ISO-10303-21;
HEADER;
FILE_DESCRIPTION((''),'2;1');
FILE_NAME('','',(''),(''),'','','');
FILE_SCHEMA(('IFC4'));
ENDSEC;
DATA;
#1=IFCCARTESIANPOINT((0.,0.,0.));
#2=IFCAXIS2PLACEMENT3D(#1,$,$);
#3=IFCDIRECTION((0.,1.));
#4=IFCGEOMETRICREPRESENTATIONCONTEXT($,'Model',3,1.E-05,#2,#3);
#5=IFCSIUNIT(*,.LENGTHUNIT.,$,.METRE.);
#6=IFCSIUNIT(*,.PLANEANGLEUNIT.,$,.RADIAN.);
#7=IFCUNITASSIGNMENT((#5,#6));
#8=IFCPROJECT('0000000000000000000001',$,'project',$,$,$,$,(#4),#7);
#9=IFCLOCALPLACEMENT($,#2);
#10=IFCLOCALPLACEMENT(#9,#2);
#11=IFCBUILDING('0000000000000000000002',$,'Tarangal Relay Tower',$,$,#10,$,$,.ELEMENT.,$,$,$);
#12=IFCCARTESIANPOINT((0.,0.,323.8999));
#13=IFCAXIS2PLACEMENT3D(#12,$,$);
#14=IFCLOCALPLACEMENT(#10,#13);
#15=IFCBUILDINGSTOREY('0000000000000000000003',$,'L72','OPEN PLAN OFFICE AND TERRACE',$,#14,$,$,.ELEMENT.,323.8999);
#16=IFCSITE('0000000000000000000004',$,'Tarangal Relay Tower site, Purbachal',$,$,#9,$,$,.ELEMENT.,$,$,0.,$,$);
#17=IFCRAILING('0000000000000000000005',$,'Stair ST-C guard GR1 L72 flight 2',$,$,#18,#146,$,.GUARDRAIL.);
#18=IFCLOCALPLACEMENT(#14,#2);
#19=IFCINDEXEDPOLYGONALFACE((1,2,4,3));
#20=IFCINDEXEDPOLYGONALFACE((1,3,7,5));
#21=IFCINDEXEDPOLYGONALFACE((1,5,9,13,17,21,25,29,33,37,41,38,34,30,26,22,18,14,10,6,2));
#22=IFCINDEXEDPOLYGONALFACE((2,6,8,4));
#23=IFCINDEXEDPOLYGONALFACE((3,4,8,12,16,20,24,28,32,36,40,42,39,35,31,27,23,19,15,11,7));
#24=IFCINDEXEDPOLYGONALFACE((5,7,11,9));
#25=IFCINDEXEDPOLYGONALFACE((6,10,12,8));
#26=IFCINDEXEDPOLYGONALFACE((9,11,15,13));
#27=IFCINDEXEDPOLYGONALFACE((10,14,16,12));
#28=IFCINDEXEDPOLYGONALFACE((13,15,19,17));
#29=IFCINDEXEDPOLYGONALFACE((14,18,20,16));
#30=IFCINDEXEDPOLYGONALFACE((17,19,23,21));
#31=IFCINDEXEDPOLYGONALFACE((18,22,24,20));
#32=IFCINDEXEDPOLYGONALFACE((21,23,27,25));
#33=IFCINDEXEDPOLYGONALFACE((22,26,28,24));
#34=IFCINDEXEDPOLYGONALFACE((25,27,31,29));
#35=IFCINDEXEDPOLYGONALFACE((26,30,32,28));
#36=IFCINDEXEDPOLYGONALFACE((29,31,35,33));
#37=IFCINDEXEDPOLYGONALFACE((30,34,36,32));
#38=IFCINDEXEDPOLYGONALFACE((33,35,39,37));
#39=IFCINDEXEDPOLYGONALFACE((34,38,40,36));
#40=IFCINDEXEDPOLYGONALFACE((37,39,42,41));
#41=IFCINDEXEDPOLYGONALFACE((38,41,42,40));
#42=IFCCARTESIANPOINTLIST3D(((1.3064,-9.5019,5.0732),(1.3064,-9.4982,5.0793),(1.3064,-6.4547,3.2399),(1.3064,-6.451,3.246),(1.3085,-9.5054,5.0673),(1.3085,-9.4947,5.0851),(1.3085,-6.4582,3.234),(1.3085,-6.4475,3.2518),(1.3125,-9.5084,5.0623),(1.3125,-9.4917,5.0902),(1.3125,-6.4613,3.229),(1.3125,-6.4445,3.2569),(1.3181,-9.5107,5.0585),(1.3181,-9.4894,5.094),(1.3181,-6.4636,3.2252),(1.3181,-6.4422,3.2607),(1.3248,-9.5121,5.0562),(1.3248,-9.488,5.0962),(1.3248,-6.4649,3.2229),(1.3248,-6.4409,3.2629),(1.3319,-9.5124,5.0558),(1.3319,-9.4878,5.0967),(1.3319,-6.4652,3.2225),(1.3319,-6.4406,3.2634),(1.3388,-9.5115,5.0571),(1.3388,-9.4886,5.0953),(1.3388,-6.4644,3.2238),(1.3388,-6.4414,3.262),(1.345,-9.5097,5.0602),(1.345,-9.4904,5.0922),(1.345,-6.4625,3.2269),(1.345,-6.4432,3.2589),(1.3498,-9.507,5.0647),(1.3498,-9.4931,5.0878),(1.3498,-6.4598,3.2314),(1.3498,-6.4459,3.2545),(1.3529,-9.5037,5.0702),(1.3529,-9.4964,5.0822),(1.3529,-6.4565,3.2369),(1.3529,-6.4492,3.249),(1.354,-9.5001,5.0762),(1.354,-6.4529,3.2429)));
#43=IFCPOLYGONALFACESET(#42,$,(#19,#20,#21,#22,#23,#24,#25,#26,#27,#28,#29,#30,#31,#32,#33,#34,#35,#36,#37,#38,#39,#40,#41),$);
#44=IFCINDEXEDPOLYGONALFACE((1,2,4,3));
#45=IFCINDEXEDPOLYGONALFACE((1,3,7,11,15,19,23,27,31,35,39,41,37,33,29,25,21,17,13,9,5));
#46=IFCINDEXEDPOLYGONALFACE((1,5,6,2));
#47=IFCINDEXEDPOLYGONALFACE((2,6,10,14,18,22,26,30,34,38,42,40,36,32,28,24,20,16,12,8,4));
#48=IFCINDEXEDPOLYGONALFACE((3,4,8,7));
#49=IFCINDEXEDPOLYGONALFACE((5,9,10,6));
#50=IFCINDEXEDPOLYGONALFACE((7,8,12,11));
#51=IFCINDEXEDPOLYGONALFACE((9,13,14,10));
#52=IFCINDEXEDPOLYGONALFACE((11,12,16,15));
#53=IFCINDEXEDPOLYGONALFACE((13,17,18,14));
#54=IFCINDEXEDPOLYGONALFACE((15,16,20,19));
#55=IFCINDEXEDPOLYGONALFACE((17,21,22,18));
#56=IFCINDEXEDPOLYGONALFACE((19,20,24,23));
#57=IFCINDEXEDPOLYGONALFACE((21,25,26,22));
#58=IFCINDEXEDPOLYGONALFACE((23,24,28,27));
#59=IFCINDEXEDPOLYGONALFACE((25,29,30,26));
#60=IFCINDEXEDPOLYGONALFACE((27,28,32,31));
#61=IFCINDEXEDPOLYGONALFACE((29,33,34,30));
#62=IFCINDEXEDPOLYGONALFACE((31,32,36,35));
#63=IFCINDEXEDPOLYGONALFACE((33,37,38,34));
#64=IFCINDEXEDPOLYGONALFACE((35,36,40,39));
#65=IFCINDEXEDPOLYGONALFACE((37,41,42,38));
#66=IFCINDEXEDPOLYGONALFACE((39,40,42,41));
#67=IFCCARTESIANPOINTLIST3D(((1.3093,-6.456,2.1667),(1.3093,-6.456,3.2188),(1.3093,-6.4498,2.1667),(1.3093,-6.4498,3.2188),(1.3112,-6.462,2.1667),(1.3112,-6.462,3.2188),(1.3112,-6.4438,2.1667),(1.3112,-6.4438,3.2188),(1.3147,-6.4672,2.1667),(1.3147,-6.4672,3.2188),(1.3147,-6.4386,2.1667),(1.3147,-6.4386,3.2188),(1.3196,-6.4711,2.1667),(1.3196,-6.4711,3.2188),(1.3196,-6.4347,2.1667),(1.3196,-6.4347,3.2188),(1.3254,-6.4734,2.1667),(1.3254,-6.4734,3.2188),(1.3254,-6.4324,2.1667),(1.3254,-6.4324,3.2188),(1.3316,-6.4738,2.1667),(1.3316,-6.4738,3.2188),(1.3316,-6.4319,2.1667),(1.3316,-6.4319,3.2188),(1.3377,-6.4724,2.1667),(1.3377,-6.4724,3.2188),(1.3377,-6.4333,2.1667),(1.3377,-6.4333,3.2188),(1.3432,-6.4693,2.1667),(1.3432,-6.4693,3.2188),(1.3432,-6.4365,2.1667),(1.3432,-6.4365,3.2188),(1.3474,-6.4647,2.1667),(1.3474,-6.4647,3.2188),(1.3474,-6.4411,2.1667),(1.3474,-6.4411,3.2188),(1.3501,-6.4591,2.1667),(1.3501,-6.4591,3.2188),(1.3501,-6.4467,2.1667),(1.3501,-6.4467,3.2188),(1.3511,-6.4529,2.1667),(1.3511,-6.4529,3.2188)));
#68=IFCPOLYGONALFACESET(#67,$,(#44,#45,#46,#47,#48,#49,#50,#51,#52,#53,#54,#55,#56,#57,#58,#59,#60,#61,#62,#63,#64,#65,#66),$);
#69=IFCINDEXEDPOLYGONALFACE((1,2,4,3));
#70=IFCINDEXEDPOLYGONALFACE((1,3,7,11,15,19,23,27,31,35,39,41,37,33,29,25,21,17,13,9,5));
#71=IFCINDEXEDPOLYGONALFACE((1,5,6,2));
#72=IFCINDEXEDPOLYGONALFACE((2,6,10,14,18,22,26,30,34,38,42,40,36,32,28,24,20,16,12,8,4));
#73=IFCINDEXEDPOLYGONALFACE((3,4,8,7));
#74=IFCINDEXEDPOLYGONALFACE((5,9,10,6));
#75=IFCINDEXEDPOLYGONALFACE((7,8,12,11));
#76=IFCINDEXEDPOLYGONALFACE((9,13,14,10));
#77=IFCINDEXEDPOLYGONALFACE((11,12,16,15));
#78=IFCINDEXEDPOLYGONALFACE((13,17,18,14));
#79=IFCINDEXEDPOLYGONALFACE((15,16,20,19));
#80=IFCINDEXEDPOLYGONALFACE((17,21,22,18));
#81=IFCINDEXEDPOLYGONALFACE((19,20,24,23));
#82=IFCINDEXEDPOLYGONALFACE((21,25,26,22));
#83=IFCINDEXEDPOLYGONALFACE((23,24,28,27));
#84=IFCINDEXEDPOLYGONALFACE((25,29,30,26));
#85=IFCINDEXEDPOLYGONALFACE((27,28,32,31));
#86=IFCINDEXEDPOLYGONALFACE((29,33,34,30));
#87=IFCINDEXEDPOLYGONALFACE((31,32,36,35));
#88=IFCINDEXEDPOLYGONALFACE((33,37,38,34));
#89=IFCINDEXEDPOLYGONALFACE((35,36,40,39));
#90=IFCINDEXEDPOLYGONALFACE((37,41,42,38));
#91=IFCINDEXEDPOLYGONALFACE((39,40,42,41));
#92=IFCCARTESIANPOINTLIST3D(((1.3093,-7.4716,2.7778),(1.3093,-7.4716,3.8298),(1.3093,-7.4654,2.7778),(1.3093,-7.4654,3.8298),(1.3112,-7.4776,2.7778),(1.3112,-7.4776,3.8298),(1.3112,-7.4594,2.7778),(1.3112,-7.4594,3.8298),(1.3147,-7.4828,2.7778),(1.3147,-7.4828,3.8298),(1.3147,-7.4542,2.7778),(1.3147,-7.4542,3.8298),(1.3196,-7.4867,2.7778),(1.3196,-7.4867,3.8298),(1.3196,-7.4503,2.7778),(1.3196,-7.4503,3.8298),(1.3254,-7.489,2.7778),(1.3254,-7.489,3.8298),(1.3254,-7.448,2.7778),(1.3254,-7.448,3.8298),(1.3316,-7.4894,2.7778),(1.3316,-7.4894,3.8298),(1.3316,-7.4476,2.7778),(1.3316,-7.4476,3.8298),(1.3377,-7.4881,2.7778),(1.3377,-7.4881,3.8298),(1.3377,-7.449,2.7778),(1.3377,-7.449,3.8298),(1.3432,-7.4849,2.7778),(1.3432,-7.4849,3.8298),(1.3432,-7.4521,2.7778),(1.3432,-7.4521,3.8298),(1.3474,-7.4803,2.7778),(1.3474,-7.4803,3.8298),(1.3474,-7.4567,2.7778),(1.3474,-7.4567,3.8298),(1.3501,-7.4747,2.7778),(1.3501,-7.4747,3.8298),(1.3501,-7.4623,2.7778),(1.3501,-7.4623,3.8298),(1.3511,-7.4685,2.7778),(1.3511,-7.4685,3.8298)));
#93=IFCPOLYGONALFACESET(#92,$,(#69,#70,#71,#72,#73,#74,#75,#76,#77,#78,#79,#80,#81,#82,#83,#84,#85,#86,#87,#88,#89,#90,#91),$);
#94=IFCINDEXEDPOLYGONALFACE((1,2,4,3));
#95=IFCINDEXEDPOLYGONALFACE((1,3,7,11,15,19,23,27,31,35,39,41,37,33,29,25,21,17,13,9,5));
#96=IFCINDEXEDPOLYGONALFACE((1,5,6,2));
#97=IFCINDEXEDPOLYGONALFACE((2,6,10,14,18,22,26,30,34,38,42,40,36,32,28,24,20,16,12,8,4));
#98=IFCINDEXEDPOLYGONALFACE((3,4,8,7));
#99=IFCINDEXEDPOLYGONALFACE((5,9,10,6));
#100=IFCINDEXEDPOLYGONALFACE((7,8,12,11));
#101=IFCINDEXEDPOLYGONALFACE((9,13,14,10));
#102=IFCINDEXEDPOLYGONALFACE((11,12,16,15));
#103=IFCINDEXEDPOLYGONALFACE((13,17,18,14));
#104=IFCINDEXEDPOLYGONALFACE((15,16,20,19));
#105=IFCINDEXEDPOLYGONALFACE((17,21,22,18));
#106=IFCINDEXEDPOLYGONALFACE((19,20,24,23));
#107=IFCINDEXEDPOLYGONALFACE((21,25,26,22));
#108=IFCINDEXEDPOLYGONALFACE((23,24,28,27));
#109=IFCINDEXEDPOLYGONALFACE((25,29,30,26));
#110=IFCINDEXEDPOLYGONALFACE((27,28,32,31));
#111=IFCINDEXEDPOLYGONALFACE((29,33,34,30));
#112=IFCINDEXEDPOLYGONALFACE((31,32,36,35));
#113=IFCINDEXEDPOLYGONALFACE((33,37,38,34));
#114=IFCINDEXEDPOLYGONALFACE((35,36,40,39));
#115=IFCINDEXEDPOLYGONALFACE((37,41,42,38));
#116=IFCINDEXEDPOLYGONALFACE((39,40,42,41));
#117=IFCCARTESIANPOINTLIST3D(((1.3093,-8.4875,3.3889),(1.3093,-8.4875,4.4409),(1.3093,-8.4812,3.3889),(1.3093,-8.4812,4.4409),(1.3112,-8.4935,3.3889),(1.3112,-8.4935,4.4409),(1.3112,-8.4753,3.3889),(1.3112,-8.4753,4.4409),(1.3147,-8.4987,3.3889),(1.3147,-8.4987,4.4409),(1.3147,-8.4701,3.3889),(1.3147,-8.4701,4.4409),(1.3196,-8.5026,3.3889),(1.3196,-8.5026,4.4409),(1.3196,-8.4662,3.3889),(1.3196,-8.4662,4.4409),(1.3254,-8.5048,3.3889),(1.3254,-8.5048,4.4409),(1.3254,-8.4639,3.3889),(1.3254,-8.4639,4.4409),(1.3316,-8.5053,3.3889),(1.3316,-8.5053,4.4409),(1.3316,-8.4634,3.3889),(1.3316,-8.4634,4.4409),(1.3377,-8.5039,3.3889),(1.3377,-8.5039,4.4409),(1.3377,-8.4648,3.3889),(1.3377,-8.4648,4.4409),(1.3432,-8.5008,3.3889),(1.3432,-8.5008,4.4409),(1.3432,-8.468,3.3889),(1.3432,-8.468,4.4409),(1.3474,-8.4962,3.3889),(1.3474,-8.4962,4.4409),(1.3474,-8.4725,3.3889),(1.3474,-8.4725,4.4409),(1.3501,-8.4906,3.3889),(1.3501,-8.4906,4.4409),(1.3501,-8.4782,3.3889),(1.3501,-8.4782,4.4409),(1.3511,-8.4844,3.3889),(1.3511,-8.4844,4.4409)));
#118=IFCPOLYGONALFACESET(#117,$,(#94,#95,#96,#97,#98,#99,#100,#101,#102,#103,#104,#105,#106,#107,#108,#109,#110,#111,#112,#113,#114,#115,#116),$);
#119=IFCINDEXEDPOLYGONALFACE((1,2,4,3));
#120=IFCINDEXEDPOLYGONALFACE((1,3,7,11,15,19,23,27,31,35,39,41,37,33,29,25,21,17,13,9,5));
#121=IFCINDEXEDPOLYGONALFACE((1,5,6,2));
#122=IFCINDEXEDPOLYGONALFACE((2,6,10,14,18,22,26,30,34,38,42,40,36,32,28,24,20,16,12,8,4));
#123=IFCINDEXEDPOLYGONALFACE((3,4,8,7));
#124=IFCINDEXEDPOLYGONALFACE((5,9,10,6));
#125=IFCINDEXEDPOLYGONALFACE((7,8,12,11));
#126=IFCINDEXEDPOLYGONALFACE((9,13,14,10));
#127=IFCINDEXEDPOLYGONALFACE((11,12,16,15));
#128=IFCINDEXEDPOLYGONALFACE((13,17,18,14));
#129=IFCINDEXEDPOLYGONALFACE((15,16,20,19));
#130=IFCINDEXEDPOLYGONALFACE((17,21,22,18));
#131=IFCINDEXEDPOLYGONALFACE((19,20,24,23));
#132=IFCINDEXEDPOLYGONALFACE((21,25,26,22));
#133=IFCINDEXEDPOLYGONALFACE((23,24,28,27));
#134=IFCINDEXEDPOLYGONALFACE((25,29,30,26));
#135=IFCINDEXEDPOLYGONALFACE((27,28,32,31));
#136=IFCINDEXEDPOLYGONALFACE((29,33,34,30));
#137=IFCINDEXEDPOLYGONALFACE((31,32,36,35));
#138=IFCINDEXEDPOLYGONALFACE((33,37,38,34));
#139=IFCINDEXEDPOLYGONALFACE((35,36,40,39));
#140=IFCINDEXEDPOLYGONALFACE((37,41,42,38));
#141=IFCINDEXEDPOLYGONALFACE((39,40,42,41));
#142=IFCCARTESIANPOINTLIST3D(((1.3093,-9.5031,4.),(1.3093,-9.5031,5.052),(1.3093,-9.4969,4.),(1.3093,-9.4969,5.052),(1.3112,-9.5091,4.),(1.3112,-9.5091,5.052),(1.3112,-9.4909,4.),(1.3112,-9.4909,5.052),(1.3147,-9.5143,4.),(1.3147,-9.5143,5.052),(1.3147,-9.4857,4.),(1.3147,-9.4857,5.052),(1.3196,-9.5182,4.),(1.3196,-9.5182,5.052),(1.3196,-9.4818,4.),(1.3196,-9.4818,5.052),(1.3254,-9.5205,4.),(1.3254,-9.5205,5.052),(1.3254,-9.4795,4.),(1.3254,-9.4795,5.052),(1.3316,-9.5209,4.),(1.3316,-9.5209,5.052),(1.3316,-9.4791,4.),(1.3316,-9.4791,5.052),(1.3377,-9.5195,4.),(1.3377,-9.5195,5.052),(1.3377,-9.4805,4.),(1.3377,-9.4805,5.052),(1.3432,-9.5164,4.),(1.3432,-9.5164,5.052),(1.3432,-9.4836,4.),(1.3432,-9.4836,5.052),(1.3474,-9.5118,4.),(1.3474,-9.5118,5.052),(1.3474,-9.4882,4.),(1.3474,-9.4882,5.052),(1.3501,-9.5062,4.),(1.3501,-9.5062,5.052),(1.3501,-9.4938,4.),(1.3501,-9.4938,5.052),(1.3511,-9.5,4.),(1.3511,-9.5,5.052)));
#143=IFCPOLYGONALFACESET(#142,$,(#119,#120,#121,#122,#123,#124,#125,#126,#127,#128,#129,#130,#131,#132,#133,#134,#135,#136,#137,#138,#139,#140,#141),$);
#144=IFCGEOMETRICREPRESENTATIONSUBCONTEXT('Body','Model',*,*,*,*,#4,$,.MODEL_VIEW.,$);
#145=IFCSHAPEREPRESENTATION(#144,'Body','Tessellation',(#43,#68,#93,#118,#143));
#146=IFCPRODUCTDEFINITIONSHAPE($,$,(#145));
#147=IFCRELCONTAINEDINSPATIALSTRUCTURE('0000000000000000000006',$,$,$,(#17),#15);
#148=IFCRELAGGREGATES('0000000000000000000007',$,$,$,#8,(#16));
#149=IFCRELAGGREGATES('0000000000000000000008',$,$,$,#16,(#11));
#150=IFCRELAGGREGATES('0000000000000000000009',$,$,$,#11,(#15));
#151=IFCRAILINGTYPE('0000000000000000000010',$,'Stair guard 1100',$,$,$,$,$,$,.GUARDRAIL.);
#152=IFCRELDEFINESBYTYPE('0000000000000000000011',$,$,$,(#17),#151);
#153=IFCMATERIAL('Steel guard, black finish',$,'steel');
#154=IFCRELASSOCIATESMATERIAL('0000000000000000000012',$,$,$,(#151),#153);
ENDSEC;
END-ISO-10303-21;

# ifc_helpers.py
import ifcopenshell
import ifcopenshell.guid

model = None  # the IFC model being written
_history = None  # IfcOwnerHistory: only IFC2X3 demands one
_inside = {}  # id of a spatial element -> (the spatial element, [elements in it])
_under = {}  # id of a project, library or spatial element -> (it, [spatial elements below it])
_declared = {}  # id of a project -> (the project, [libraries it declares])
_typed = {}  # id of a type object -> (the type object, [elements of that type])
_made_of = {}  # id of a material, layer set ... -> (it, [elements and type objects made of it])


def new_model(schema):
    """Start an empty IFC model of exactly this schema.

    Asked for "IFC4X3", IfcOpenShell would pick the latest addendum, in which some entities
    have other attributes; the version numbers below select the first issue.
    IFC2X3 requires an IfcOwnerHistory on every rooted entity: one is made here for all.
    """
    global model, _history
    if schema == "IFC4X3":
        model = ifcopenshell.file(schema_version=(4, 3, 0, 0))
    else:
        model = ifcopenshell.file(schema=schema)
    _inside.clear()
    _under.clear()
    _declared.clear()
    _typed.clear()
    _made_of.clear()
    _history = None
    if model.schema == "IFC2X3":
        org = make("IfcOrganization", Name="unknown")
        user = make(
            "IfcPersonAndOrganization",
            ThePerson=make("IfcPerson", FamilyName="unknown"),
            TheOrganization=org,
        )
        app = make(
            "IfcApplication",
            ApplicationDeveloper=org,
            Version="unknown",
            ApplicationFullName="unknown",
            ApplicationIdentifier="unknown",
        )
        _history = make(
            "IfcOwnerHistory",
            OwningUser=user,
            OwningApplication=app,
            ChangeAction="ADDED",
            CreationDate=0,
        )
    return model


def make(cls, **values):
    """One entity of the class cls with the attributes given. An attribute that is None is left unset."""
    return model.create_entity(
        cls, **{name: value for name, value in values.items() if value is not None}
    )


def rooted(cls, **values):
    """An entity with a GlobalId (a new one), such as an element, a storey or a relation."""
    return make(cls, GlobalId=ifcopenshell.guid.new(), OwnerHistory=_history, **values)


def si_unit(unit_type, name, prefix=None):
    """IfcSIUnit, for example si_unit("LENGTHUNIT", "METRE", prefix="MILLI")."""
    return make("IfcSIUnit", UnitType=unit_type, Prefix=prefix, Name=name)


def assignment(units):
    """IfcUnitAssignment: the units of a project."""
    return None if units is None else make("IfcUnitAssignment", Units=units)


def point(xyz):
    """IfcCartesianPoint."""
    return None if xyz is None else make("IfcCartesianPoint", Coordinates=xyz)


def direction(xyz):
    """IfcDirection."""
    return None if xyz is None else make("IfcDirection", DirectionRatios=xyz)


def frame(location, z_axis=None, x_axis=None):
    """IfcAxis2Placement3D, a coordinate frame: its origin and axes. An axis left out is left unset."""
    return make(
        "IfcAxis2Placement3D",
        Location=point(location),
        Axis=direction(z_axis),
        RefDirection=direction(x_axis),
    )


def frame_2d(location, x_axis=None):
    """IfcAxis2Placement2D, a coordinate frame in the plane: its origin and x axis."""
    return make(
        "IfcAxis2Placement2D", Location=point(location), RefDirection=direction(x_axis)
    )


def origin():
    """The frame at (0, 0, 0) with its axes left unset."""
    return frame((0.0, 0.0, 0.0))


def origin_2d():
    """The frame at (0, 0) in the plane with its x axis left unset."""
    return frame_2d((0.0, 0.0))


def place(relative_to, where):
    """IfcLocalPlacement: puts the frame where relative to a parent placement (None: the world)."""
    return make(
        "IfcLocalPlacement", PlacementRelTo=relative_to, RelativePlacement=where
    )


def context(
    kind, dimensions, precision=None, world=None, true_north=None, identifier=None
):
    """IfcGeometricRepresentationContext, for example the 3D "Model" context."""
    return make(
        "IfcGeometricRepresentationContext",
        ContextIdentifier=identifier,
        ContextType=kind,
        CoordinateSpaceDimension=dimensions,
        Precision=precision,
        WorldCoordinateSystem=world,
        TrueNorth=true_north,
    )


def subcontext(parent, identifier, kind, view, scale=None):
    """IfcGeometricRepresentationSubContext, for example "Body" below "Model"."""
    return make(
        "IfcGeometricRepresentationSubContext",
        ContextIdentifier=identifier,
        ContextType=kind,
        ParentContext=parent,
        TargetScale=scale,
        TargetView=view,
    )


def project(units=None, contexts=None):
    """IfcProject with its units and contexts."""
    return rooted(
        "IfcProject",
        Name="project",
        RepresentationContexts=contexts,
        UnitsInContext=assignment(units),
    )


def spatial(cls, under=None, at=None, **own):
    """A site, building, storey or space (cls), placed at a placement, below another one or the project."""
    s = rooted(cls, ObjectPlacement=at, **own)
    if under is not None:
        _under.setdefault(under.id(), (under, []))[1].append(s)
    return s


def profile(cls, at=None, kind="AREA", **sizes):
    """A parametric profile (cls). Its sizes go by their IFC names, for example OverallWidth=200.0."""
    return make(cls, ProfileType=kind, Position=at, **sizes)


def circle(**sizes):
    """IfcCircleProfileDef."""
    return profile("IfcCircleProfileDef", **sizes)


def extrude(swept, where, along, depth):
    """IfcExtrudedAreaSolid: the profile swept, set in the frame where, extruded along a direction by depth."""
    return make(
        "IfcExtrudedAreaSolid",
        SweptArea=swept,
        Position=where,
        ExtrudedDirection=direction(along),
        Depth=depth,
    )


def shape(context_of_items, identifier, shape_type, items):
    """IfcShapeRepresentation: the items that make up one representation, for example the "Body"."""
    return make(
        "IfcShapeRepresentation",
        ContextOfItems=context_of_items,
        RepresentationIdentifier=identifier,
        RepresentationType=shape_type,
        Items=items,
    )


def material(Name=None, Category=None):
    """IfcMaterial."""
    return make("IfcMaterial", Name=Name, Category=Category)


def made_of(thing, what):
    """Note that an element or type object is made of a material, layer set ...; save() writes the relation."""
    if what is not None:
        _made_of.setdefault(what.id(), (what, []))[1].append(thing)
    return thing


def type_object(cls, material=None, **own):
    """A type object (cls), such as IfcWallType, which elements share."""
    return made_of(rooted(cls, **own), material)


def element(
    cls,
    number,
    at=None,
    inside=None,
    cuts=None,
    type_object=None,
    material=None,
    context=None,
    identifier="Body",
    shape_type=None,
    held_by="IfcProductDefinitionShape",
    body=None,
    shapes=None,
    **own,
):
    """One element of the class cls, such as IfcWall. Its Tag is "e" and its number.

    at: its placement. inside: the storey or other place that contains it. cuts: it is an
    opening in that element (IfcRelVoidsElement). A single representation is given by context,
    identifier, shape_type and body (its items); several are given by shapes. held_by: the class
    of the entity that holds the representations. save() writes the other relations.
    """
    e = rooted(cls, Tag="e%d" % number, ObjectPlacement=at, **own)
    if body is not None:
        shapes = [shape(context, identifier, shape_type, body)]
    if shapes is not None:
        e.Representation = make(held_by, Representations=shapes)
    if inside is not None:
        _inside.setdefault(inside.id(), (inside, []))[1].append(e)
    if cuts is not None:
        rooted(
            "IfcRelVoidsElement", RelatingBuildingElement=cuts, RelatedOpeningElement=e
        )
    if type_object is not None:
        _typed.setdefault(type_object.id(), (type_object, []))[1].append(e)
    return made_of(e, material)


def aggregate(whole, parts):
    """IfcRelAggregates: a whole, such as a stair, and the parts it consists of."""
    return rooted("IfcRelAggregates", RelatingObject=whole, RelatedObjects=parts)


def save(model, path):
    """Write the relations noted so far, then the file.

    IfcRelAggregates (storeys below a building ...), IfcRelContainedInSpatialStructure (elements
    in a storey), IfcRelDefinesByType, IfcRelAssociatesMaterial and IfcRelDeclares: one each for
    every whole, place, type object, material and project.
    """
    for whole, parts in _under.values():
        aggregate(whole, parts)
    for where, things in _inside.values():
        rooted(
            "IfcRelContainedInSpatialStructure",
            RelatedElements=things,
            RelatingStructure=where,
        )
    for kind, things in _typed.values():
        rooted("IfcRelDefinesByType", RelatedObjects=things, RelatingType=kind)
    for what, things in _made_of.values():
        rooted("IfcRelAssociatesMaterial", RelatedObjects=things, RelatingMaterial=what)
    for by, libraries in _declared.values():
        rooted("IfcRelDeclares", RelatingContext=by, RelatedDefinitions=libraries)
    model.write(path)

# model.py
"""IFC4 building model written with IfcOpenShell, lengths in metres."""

from ifc_helpers import new_model, si_unit, direction, frame, origin, origin_2d, place, context, subcontext, project, spatial, circle, extrude, material, type_object, element, save


model = new_model("IFC4")

# Units and contexts
model_context = context("Model", 3, precision=1e-05, world=origin(), true_north=direction((0.0, 1.0)))
body_context = subcontext(model_context, "Body", "Model", "MODEL_VIEW")
ifc_project = project(units=[si_unit("LENGTHUNIT", "METRE"), si_unit("PLANEANGLEUNIT", "RADIAN")], contexts=[model_context])

# Site, building, storey
site_placement = place(None, origin())
site = spatial("IfcSite", under=ifc_project, at=site_placement, Name="Tarangal Relay Tower site, Purbachal", CompositionType="ELEMENT", RefElevation=0.0)
building_placement = place(site_placement, origin())
building = spatial("IfcBuilding", under=site, at=building_placement, Name="Tarangal Relay Tower", CompositionType="ELEMENT")
storey_placement = place(building_placement, frame((0.0, 0.0, 323.8999)))
storey = spatial("IfcBuildingStorey", under=building, at=storey_placement, Name="L72", Description="OPEN PLAN OFFICE AND TERRACE", CompositionType="ELEMENT", Elevation=323.8999)

# Railing
ifc_material_1 = material(Name="Steel guard, black finish", Category="steel")
railing_type = type_object("IfcRailingType", Name="Stair guard 1100", PredefinedType="GUARDRAIL", material=ifc_material_1)
railing_placement = place(storey_placement, frame((1.3301, -6.4529, 2.1667)))
element("IfcRailing", 1, at=railing_placement, inside=storey, type_object=railing_type, Name="Stair ST-C guard GR1 L72 flight 2", PredefinedType="GUARDRAIL", context=body_context, shape_type="SweptSolid", body=[
    extrude(circle(Radius=0.0239, at=origin_2d()), frame((0.0, 0.0, 1.0762), z_axis=(0.0, -0.856874, 0.515525), x_axis=(1.0, 0.0, 0.0)), (0.0, 0.0, 1.0), 3.5562),
    extrude(circle(Radius=0.021, at=origin_2d()), origin(), (0.0, 0.0, 1.0), 1.052),
    extrude(circle(Radius=0.021, at=origin_2d()), frame((0.0, -1.0156, 0.6111)), (0.0, 0.0, 1.0), 1.052),
    extrude(circle(Radius=0.021, at=origin_2d()), frame((0.0, -2.0315, 1.2222)), (0.0, 0.0, 1.0), 1.052),
    extrude(circle(Radius=0.021, at=origin_2d()), frame((0.0, -3.0471, 1.8333)), (0.0, 0.0, 1.0), 1.052),
])

save(model, "model.ifc")
